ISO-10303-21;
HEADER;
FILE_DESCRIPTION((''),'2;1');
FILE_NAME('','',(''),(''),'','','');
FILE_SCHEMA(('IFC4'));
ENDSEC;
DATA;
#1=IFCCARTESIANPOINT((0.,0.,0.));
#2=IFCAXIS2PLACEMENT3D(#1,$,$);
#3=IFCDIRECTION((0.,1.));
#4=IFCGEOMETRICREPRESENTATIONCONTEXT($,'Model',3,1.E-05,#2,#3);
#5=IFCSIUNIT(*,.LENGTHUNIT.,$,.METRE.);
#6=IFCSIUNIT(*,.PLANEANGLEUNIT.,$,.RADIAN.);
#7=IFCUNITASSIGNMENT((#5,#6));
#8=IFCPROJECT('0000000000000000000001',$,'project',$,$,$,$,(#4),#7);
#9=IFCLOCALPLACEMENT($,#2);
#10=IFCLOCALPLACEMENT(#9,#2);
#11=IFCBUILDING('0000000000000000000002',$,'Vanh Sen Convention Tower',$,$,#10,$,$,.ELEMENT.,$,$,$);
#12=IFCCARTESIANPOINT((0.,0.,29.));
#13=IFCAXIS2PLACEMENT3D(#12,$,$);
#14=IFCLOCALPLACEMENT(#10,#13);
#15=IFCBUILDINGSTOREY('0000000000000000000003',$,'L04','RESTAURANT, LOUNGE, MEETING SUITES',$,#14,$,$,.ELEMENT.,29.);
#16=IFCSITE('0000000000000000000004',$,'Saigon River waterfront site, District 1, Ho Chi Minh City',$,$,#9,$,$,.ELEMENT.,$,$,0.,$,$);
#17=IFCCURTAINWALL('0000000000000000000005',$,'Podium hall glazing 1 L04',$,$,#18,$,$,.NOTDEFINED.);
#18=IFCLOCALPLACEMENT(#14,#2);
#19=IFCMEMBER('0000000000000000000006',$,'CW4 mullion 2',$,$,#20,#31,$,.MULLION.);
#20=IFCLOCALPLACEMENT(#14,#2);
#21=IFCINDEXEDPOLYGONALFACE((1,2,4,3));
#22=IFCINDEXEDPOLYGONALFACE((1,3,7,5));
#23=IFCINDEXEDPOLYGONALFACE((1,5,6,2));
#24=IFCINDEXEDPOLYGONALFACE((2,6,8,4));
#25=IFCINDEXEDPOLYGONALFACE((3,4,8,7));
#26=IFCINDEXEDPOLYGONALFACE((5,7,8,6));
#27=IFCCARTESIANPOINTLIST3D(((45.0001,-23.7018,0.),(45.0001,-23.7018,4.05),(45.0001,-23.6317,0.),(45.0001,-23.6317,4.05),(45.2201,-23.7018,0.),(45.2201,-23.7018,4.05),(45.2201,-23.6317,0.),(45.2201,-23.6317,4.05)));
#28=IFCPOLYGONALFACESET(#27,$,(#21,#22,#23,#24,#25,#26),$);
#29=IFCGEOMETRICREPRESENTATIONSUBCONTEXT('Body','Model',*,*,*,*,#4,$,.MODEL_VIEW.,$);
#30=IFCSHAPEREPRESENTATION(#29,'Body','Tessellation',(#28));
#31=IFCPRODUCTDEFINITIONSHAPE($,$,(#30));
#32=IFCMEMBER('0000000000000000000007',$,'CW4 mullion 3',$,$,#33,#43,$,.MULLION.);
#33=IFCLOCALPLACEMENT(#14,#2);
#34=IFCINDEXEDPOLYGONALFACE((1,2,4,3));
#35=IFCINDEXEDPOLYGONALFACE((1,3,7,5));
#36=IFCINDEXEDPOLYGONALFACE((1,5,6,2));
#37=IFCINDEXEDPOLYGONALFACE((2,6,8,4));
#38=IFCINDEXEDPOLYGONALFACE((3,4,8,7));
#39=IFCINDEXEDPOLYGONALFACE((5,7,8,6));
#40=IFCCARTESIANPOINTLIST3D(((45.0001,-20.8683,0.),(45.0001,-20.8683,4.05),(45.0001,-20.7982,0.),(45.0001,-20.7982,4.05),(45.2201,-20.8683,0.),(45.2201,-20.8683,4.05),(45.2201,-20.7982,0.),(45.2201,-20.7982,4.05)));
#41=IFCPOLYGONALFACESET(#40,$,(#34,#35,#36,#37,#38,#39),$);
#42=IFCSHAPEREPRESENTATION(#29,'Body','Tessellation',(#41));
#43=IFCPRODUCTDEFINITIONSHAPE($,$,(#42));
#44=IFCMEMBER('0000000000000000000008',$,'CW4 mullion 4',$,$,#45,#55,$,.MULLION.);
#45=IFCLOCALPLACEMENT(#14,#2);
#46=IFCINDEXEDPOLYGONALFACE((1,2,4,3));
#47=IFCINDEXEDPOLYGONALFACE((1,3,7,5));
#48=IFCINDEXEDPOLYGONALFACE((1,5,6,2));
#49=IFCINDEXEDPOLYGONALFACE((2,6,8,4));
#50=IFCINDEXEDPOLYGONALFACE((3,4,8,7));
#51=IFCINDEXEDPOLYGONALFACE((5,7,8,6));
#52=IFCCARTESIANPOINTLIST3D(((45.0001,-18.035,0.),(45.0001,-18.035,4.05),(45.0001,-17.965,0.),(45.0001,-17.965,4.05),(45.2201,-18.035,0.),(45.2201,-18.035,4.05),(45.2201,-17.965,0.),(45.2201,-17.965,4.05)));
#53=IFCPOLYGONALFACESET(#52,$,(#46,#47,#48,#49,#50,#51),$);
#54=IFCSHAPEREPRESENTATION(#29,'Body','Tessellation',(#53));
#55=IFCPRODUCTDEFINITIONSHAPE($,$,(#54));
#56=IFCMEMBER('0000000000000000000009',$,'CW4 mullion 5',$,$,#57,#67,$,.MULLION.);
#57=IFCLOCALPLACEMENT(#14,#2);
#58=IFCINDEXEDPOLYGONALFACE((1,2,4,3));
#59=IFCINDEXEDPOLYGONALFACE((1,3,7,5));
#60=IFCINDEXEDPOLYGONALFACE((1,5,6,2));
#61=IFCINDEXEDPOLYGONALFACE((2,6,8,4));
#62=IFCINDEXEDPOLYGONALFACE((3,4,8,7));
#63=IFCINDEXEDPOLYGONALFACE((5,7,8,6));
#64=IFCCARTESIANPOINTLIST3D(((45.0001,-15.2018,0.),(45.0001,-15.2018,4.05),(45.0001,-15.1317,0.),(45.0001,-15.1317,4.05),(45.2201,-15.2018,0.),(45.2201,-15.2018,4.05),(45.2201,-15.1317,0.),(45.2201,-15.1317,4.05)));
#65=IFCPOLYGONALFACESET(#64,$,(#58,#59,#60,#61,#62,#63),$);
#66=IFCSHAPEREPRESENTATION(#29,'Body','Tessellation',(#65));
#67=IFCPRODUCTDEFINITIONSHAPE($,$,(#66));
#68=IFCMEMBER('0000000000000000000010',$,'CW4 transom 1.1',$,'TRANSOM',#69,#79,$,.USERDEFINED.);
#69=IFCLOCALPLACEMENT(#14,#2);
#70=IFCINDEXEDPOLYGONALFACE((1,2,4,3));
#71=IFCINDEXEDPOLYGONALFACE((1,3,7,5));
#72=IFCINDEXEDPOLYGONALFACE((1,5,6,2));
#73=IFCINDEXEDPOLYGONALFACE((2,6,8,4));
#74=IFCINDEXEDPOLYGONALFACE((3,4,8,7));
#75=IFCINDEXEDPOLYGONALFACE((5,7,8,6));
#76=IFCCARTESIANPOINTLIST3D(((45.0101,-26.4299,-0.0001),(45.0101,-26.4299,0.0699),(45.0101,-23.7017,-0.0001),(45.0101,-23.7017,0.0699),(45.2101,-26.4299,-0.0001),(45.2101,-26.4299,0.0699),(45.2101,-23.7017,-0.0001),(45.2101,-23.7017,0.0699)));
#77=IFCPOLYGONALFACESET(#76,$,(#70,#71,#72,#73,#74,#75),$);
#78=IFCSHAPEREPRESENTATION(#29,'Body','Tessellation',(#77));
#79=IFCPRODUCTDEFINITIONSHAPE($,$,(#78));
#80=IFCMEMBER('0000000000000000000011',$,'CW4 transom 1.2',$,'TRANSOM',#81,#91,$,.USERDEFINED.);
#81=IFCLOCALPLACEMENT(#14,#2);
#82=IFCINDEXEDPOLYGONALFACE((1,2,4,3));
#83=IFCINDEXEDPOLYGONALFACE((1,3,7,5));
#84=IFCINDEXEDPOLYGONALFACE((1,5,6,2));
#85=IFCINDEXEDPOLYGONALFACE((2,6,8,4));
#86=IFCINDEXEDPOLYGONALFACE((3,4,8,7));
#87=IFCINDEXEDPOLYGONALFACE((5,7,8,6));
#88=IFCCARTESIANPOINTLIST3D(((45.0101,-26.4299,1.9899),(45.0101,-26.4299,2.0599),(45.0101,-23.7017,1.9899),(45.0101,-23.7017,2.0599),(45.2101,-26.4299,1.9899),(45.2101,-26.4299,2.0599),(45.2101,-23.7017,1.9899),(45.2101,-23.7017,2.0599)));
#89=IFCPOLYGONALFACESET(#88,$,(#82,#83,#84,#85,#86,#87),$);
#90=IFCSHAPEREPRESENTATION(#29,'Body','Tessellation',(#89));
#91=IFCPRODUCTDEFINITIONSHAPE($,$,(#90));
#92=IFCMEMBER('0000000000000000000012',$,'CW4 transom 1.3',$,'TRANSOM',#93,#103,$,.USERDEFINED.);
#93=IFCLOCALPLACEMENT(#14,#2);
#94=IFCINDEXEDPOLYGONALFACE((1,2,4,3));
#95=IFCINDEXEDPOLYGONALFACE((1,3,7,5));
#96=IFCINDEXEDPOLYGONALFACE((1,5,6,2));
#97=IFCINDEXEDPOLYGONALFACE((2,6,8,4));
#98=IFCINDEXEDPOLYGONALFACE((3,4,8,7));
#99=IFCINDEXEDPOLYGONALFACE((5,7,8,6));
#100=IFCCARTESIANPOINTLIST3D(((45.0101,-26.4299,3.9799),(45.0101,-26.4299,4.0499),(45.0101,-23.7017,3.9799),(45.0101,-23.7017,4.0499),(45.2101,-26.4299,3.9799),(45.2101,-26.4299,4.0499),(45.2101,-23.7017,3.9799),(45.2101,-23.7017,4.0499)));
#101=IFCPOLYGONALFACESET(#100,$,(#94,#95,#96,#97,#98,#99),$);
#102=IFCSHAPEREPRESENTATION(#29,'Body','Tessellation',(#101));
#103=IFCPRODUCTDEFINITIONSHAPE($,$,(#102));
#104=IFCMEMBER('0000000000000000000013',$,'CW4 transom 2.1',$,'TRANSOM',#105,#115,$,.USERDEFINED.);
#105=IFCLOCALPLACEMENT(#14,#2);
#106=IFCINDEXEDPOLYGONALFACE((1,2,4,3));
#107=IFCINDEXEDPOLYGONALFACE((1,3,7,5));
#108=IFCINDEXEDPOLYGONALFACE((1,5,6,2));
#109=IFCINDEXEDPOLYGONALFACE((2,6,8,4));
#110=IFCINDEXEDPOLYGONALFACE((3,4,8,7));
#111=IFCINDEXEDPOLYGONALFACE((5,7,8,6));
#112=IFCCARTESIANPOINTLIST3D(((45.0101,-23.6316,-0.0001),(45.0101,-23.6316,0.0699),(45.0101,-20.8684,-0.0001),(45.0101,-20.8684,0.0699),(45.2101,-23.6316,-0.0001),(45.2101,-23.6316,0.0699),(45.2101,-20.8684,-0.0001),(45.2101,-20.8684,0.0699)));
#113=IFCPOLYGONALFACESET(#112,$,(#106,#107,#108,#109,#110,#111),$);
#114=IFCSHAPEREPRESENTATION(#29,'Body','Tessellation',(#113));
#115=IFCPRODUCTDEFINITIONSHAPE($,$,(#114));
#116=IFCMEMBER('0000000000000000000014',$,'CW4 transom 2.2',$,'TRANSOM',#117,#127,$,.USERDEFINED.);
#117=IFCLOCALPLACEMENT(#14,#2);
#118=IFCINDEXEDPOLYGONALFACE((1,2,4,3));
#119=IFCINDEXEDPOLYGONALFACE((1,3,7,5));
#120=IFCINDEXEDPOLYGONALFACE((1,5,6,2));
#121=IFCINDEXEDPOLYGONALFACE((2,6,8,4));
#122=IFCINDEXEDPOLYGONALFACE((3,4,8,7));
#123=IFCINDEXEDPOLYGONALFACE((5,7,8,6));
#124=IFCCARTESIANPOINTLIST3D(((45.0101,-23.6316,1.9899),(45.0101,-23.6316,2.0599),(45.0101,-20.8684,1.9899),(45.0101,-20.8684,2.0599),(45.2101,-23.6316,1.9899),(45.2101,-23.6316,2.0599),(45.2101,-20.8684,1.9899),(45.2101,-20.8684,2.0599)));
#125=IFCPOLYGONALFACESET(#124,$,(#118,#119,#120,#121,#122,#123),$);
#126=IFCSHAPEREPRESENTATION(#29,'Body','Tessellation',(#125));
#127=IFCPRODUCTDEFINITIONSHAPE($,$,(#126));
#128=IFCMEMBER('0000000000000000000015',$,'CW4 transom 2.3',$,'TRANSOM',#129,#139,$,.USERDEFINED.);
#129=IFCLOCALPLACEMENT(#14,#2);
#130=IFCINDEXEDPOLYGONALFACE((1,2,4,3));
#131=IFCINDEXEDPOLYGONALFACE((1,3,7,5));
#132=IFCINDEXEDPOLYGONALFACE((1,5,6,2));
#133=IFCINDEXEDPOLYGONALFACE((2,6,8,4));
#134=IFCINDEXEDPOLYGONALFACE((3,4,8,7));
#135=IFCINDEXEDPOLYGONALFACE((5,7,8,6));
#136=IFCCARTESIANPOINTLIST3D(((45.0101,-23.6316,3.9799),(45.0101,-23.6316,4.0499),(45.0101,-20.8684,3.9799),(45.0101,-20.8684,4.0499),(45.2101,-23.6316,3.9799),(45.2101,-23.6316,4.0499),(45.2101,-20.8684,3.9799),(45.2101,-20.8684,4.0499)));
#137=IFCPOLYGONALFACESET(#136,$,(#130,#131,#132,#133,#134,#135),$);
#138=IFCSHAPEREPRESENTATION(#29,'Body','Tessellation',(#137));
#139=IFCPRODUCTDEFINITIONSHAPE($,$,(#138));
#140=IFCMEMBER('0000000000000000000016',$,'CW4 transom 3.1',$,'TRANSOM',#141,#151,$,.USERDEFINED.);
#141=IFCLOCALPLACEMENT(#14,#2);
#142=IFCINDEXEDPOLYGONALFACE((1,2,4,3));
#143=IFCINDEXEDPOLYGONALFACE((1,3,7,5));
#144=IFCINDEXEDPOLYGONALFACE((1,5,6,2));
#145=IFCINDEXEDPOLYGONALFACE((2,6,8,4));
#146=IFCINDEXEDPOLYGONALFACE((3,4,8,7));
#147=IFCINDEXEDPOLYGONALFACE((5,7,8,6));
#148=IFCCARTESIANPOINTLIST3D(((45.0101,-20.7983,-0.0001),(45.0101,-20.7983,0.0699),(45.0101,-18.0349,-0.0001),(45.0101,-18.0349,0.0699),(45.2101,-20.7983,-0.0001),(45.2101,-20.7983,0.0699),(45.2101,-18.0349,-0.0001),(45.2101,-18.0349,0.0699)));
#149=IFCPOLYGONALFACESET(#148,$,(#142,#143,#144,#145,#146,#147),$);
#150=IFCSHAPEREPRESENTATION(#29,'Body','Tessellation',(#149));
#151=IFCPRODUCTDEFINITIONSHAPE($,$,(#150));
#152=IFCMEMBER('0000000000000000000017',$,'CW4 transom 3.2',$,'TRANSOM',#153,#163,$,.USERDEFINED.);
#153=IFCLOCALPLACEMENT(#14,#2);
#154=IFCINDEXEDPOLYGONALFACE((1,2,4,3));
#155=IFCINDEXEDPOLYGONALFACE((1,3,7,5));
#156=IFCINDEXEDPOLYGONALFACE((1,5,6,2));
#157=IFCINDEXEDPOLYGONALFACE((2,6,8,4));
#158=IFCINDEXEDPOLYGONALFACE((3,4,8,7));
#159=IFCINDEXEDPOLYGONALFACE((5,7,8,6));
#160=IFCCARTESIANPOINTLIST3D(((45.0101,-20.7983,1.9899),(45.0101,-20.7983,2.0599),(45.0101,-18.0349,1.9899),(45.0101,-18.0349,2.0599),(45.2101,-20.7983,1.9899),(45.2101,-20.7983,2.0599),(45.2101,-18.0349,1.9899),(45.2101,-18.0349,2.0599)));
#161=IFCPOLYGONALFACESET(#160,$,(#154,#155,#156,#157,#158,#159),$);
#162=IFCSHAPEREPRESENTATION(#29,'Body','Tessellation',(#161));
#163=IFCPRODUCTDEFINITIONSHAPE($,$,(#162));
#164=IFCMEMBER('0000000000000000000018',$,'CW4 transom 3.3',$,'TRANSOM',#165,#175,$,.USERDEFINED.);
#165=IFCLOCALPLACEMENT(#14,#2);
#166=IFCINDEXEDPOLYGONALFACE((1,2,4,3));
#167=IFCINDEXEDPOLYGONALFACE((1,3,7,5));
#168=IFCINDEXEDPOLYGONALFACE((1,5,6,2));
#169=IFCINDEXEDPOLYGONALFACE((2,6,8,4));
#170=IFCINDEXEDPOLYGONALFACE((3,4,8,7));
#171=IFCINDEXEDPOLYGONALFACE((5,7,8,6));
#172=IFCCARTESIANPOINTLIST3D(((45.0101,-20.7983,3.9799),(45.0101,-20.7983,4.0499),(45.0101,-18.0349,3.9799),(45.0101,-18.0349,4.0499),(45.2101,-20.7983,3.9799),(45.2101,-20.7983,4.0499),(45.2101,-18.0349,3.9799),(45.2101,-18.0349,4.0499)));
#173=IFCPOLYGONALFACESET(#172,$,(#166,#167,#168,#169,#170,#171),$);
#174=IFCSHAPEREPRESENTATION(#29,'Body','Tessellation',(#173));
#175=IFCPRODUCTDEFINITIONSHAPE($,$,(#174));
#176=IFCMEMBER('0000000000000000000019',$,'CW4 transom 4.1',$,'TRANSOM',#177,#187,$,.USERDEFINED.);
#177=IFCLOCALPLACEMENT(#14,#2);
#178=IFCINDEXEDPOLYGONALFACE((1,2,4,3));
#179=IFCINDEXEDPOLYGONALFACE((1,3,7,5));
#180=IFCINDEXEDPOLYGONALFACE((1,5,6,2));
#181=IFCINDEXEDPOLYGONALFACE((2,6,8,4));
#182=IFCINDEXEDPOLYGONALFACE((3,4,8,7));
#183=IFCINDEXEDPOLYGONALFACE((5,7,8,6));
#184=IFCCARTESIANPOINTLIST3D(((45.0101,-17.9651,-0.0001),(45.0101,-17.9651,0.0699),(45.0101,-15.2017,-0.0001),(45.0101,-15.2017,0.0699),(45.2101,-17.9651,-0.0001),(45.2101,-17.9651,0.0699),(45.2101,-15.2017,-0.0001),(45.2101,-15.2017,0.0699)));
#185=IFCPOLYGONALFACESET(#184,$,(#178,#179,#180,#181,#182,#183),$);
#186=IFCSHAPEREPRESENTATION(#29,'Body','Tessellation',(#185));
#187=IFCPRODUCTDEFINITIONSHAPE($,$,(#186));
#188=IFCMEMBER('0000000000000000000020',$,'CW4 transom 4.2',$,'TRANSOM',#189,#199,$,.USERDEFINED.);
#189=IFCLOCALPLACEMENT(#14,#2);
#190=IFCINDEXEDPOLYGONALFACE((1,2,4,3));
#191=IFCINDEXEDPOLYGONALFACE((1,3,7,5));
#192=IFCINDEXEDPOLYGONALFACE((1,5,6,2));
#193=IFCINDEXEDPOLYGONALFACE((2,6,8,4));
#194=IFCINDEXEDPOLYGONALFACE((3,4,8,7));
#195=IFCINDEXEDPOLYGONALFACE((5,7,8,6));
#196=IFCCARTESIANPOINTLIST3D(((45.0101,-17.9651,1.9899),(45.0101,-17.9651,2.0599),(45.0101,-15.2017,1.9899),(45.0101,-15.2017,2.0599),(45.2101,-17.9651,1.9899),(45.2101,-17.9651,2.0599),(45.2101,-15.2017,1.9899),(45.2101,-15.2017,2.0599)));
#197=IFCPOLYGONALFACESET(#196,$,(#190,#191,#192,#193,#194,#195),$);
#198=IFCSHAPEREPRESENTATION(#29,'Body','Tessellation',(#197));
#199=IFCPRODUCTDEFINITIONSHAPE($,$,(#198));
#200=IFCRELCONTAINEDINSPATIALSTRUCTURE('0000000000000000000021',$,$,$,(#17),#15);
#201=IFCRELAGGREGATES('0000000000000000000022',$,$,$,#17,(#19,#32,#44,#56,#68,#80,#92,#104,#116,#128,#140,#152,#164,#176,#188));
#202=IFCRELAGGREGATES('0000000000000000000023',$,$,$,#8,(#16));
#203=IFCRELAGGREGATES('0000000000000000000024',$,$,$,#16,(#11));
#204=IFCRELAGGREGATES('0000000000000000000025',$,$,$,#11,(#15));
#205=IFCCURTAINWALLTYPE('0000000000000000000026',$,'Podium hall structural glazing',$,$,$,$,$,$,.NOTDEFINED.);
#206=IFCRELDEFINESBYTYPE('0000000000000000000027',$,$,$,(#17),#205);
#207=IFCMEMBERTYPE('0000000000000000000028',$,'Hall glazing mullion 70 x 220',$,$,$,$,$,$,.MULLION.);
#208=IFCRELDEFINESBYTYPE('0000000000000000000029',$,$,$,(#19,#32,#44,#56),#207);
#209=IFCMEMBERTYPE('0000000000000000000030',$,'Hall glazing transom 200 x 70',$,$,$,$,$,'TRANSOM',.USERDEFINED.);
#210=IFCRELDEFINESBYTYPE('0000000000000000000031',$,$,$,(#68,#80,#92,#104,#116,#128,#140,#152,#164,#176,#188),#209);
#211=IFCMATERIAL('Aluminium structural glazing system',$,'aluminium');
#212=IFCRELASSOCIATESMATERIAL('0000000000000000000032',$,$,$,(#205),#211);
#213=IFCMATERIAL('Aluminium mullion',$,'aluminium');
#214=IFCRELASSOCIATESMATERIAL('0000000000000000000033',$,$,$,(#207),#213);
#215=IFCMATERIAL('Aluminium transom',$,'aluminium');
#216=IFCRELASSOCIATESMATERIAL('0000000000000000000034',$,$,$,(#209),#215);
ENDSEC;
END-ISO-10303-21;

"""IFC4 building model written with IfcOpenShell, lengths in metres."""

from ifc_helpers import new_model, si_unit, direction, frame, origin, origin_2d, place, context, subcontext, project, spatial, rectangle, extrude, material, material_profile, profile_set, type_object, element, aggregate, save


model = new_model("IFC4")

# Units and contexts
model_context = context("Model", 3, precision=1e-05, world=origin(), true_north=direction((0.0, 1.0)))
body_context = subcontext(model_context, "Body", "Model", "MODEL_VIEW")
ifc_project = project(units=[si_unit("LENGTHUNIT", "METRE"), si_unit("PLANEANGLEUNIT", "RADIAN")], contexts=[model_context])

# Site, building, storey
site_placement = place(None, origin())
site = spatial("IfcSite", under=ifc_project, at=site_placement, Name="Saigon River waterfront site, District 1, Ho Chi Minh City", CompositionType="ELEMENT", RefElevation=0.0)
building_placement = place(site_placement, origin())
building = spatial("IfcBuilding", under=site, at=building_placement, Name="Vanh Sen Convention Tower", CompositionType="ELEMENT")
storey_placement = place(building_placement, frame((0.0, 0.0, 29.0)))
storey = spatial("IfcBuildingStorey", under=building, at=storey_placement, Name="L04", Description="RESTAURANT, LOUNGE, MEETING SUITES", CompositionType="ELEMENT", Elevation=29.0)

# Curtain wall, members
ifc_material_1 = material(Name="Aluminium structural glazing system", Category="aluminium")
curtain_wall_type = type_object("IfcCurtainWallType", Name="Podium hall structural glazing", PredefinedType="NOTDEFINED", material=ifc_material_1)
curtain_wall_placement = place(storey_placement, origin())
curtain_wall = element("IfcCurtainWall", 1, at=curtain_wall_placement, inside=storey, type_object=curtain_wall_type, Name="Podium hall glazing 1 L04", PredefinedType="NOTDEFINED")
ifc_material_2 = material(Name="Aluminium mullion", Category="aluminium")
ifc_material_profile_1 = material_profile(ifc_material_2, rectangle(XDim=0.22, YDim=0.0701, at=origin_2d()), Name="Hall glazing mullion 70 x 220")
ifc_profile_set_1 = profile_set([ifc_material_profile_1], Name="Aluminium mullion")
member_type_1 = type_object("IfcMemberType", Name="Hall glazing mullion 70 x 220", PredefinedType="MULLION", material=ifc_profile_set_1)
member_1_placement = place(storey_placement, frame((45.1101, -23.6667, 0.0), z_axis=(0.0, 0.0, 1.0), x_axis=(-1.0, 0.0, 0.0)))
member_1 = element("IfcMember", 2, at=member_1_placement, type_object=member_type_1, Name="CW4 mullion 2", PredefinedType="MULLION", context=body_context, shape_type="SweptSolid", body=[
    extrude(rectangle(XDim=0.22, YDim=0.0701, at=origin_2d()), origin(), (0.0, 0.0, 1.0), 4.05),
])
member_2_placement = place(storey_placement, frame((45.1101, -20.8333, 0.0), z_axis=(0.0, 0.0, 1.0), x_axis=(-1.0, 0.0, 0.0)))
member_2 = element("IfcMember", 3, at=member_2_placement, type_object=member_type_1, Name="CW4 mullion 3", PredefinedType="MULLION", context=body_context, shape_type="SweptSolid", body=[
    extrude(rectangle(XDim=0.22, YDim=0.0701, at=origin_2d()), origin(), (0.0, 0.0, 1.0), 4.05),
])
member_3_placement = place(storey_placement, frame((45.1101, -18.0, 0.0), z_axis=(0.0, 0.0, 1.0), x_axis=(-1.0, 0.0, 0.0)))
member_3 = element("IfcMember", 4, at=member_3_placement, type_object=member_type_1, Name="CW4 mullion 4", PredefinedType="MULLION", context=body_context, shape_type="SweptSolid", body=[
    extrude(rectangle(XDim=0.22, YDim=0.0701, at=origin_2d()), origin(), (0.0, 0.0, 1.0), 4.05),
])
member_4_placement = place(storey_placement, frame((45.1101, -15.1667, 0.0), z_axis=(0.0, 0.0, 1.0), x_axis=(-1.0, 0.0, 0.0)))
member_4 = element("IfcMember", 5, at=member_4_placement, type_object=member_type_1, Name="CW4 mullion 5", PredefinedType="MULLION", context=body_context, shape_type="SweptSolid", body=[
    extrude(rectangle(XDim=0.22, YDim=0.0701, at=origin_2d()), origin(), (0.0, 0.0, 1.0), 4.05),
])
ifc_material_3 = material(Name="Aluminium transom", Category="aluminium")
ifc_material_profile_2 = material_profile(ifc_material_3, rectangle(XDim=0.2, YDim=0.0701, at=origin_2d()), Name="Hall glazing transom 200 x 70")
ifc_profile_set_2 = profile_set([ifc_material_profile_2], Name="Aluminium transom")
member_type_2 = type_object("IfcMemberType", Name="Hall glazing transom 200 x 70", ElementType="TRANSOM", PredefinedType="USERDEFINED", material=ifc_profile_set_2)
member_5_placement = place(storey_placement, frame((45.1101, -26.4299, 0.0349), z_axis=(0.0, 1.0, 0.0), x_axis=(-1.0, 0.0, 0.0)))
member_5 = element("IfcMember", 6, at=member_5_placement, type_object=member_type_2, Name="CW4 transom 1.1", ObjectType="TRANSOM", PredefinedType="USERDEFINED", context=body_context, shape_type="SweptSolid", body=[
    extrude(rectangle(XDim=0.2, YDim=0.0701, at=origin_2d()), origin(), (0.0, 0.0, 1.0), 2.7283),
])
member_6_placement = place(storey_placement, frame((45.1101, -26.4299, 2.0249), z_axis=(0.0, 1.0, 0.0), x_axis=(-1.0, 0.0, 0.0)))
member_6 = element("IfcMember", 7, at=member_6_placement, type_object=member_type_2, Name="CW4 transom 1.2", ObjectType="TRANSOM", PredefinedType="USERDEFINED", context=body_context, shape_type="SweptSolid", body=[
    extrude(rectangle(XDim=0.2, YDim=0.0701, at=origin_2d()), origin(), (0.0, 0.0, 1.0), 2.7283),
])
member_7_placement = place(storey_placement, frame((45.1101, -26.4299, 4.0149), z_axis=(0.0, 1.0, 0.0), x_axis=(-1.0, 0.0, 0.0)))
member_7 = element("IfcMember", 8, at=member_7_placement, type_object=member_type_2, Name="CW4 transom 1.3", ObjectType="TRANSOM", PredefinedType="USERDEFINED", context=body_context, shape_type="SweptSolid", body=[
    extrude(rectangle(XDim=0.2, YDim=0.0701, at=origin_2d()), origin(), (0.0, 0.0, 1.0), 2.7283),
])
member_8_placement = place(storey_placement, frame((45.1101, -23.6316, 0.0349), z_axis=(0.0, 1.0, 0.0), x_axis=(-1.0, 0.0, 0.0)))
member_8 = element("IfcMember", 9, at=member_8_placement, type_object=member_type_2, Name="CW4 transom 2.1", ObjectType="TRANSOM", PredefinedType="USERDEFINED", context=body_context, shape_type="SweptSolid", body=[
    extrude(rectangle(XDim=0.2, YDim=0.0701, at=origin_2d()), origin(), (0.0, 0.0, 1.0), 2.7632),
])
member_9_placement = place(storey_placement, frame((45.1101, -23.6316, 2.0249), z_axis=(0.0, 1.0, 0.0), x_axis=(-1.0, 0.0, 0.0)))
member_9 = element("IfcMember", 10, at=member_9_placement, type_object=member_type_2, Name="CW4 transom 2.2", ObjectType="TRANSOM", PredefinedType="USERDEFINED", context=body_context, shape_type="SweptSolid", body=[
    extrude(rectangle(XDim=0.2, YDim=0.0701, at=origin_2d()), origin(), (0.0, 0.0, 1.0), 2.7632),
])
member_10_placement = place(storey_placement, frame((45.1101, -23.6316, 4.0149), z_axis=(0.0, 1.0, 0.0), x_axis=(-1.0, 0.0, 0.0)))
member_10 = element("IfcMember", 11, at=member_10_placement, type_object=member_type_2, Name="CW4 transom 2.3", ObjectType="TRANSOM", PredefinedType="USERDEFINED", context=body_context, shape_type="SweptSolid", body=[
    extrude(rectangle(XDim=0.2, YDim=0.0701, at=origin_2d()), origin(), (0.0, 0.0, 1.0), 2.7632),
])
member_11_placement = place(storey_placement, frame((45.1101, -20.7983, 0.0349), z_axis=(0.0, 1.0, 0.0), x_axis=(-1.0, 0.0, 0.0)))
member_11 = element("IfcMember", 12, at=member_11_placement, type_object=member_type_2, Name="CW4 transom 3.1", ObjectType="TRANSOM", PredefinedType="USERDEFINED", context=body_context, shape_type="SweptSolid", body=[
    extrude(rectangle(XDim=0.2, YDim=0.0701, at=origin_2d()), origin(), (0.0, 0.0, 1.0), 2.7634),
])
member_12_placement = place(storey_placement, frame((45.1101, -20.7983, 2.0249), z_axis=(0.0, 1.0, 0.0), x_axis=(-1.0, 0.0, 0.0)))
member_12 = element("IfcMember", 13, at=member_12_placement, type_object=member_type_2, Name="CW4 transom 3.2", ObjectType="TRANSOM", PredefinedType="USERDEFINED", context=body_context, shape_type="SweptSolid", body=[
    extrude(rectangle(XDim=0.2, YDim=0.0701, at=origin_2d()), origin(), (0.0, 0.0, 1.0), 2.7634),
])
member_13_placement = place(storey_placement, frame((45.1101, -20.7983, 4.0149), z_axis=(0.0, 1.0, 0.0), x_axis=(-1.0, 0.0, 0.0)))
member_13 = element("IfcMember", 14, at=member_13_placement, type_object=member_type_2, Name="CW4 transom 3.3", ObjectType="TRANSOM", PredefinedType="USERDEFINED", context=body_context, shape_type="SweptSolid", body=[
    extrude(rectangle(XDim=0.2, YDim=0.0701, at=origin_2d()), origin(), (0.0, 0.0, 1.0), 2.7634),
])
member_14_placement = place(storey_placement, frame((45.1101, -17.9651, 0.0349), z_axis=(0.0, 1.0, 0.0), x_axis=(-1.0, 0.0, 0.0)))
member_14 = element("IfcMember", 15, at=member_14_placement, type_object=member_type_2, Name="CW4 transom 4.1", ObjectType="TRANSOM", PredefinedType="USERDEFINED", context=body_context, shape_type="SweptSolid", body=[
    extrude(rectangle(XDim=0.2, YDim=0.0701, at=origin_2d()), origin(), (0.0, 0.0, 1.0), 2.7634),
])
member_15_placement = place(storey_placement, frame((45.1101, -17.9651, 2.0249), z_axis=(0.0, 1.0, 0.0), x_axis=(-1.0, 0.0, 0.0)))
member_15 = element("IfcMember", 16, at=member_15_placement, type_object=member_type_2, Name="CW4 transom 4.2", ObjectType="TRANSOM", PredefinedType="USERDEFINED", context=body_context, shape_type="SweptSolid", body=[
    extrude(rectangle(XDim=0.2, YDim=0.0701, at=origin_2d()), origin(), (0.0, 0.0, 1.0), 2.7634),
])
aggregate(curtain_wall, [member_1, member_2, member_3, member_4, member_5, member_6, member_7, member_8, member_9, member_10, member_11, member_12, member_13, member_14, member_15])

save(model, "model.ifc")
